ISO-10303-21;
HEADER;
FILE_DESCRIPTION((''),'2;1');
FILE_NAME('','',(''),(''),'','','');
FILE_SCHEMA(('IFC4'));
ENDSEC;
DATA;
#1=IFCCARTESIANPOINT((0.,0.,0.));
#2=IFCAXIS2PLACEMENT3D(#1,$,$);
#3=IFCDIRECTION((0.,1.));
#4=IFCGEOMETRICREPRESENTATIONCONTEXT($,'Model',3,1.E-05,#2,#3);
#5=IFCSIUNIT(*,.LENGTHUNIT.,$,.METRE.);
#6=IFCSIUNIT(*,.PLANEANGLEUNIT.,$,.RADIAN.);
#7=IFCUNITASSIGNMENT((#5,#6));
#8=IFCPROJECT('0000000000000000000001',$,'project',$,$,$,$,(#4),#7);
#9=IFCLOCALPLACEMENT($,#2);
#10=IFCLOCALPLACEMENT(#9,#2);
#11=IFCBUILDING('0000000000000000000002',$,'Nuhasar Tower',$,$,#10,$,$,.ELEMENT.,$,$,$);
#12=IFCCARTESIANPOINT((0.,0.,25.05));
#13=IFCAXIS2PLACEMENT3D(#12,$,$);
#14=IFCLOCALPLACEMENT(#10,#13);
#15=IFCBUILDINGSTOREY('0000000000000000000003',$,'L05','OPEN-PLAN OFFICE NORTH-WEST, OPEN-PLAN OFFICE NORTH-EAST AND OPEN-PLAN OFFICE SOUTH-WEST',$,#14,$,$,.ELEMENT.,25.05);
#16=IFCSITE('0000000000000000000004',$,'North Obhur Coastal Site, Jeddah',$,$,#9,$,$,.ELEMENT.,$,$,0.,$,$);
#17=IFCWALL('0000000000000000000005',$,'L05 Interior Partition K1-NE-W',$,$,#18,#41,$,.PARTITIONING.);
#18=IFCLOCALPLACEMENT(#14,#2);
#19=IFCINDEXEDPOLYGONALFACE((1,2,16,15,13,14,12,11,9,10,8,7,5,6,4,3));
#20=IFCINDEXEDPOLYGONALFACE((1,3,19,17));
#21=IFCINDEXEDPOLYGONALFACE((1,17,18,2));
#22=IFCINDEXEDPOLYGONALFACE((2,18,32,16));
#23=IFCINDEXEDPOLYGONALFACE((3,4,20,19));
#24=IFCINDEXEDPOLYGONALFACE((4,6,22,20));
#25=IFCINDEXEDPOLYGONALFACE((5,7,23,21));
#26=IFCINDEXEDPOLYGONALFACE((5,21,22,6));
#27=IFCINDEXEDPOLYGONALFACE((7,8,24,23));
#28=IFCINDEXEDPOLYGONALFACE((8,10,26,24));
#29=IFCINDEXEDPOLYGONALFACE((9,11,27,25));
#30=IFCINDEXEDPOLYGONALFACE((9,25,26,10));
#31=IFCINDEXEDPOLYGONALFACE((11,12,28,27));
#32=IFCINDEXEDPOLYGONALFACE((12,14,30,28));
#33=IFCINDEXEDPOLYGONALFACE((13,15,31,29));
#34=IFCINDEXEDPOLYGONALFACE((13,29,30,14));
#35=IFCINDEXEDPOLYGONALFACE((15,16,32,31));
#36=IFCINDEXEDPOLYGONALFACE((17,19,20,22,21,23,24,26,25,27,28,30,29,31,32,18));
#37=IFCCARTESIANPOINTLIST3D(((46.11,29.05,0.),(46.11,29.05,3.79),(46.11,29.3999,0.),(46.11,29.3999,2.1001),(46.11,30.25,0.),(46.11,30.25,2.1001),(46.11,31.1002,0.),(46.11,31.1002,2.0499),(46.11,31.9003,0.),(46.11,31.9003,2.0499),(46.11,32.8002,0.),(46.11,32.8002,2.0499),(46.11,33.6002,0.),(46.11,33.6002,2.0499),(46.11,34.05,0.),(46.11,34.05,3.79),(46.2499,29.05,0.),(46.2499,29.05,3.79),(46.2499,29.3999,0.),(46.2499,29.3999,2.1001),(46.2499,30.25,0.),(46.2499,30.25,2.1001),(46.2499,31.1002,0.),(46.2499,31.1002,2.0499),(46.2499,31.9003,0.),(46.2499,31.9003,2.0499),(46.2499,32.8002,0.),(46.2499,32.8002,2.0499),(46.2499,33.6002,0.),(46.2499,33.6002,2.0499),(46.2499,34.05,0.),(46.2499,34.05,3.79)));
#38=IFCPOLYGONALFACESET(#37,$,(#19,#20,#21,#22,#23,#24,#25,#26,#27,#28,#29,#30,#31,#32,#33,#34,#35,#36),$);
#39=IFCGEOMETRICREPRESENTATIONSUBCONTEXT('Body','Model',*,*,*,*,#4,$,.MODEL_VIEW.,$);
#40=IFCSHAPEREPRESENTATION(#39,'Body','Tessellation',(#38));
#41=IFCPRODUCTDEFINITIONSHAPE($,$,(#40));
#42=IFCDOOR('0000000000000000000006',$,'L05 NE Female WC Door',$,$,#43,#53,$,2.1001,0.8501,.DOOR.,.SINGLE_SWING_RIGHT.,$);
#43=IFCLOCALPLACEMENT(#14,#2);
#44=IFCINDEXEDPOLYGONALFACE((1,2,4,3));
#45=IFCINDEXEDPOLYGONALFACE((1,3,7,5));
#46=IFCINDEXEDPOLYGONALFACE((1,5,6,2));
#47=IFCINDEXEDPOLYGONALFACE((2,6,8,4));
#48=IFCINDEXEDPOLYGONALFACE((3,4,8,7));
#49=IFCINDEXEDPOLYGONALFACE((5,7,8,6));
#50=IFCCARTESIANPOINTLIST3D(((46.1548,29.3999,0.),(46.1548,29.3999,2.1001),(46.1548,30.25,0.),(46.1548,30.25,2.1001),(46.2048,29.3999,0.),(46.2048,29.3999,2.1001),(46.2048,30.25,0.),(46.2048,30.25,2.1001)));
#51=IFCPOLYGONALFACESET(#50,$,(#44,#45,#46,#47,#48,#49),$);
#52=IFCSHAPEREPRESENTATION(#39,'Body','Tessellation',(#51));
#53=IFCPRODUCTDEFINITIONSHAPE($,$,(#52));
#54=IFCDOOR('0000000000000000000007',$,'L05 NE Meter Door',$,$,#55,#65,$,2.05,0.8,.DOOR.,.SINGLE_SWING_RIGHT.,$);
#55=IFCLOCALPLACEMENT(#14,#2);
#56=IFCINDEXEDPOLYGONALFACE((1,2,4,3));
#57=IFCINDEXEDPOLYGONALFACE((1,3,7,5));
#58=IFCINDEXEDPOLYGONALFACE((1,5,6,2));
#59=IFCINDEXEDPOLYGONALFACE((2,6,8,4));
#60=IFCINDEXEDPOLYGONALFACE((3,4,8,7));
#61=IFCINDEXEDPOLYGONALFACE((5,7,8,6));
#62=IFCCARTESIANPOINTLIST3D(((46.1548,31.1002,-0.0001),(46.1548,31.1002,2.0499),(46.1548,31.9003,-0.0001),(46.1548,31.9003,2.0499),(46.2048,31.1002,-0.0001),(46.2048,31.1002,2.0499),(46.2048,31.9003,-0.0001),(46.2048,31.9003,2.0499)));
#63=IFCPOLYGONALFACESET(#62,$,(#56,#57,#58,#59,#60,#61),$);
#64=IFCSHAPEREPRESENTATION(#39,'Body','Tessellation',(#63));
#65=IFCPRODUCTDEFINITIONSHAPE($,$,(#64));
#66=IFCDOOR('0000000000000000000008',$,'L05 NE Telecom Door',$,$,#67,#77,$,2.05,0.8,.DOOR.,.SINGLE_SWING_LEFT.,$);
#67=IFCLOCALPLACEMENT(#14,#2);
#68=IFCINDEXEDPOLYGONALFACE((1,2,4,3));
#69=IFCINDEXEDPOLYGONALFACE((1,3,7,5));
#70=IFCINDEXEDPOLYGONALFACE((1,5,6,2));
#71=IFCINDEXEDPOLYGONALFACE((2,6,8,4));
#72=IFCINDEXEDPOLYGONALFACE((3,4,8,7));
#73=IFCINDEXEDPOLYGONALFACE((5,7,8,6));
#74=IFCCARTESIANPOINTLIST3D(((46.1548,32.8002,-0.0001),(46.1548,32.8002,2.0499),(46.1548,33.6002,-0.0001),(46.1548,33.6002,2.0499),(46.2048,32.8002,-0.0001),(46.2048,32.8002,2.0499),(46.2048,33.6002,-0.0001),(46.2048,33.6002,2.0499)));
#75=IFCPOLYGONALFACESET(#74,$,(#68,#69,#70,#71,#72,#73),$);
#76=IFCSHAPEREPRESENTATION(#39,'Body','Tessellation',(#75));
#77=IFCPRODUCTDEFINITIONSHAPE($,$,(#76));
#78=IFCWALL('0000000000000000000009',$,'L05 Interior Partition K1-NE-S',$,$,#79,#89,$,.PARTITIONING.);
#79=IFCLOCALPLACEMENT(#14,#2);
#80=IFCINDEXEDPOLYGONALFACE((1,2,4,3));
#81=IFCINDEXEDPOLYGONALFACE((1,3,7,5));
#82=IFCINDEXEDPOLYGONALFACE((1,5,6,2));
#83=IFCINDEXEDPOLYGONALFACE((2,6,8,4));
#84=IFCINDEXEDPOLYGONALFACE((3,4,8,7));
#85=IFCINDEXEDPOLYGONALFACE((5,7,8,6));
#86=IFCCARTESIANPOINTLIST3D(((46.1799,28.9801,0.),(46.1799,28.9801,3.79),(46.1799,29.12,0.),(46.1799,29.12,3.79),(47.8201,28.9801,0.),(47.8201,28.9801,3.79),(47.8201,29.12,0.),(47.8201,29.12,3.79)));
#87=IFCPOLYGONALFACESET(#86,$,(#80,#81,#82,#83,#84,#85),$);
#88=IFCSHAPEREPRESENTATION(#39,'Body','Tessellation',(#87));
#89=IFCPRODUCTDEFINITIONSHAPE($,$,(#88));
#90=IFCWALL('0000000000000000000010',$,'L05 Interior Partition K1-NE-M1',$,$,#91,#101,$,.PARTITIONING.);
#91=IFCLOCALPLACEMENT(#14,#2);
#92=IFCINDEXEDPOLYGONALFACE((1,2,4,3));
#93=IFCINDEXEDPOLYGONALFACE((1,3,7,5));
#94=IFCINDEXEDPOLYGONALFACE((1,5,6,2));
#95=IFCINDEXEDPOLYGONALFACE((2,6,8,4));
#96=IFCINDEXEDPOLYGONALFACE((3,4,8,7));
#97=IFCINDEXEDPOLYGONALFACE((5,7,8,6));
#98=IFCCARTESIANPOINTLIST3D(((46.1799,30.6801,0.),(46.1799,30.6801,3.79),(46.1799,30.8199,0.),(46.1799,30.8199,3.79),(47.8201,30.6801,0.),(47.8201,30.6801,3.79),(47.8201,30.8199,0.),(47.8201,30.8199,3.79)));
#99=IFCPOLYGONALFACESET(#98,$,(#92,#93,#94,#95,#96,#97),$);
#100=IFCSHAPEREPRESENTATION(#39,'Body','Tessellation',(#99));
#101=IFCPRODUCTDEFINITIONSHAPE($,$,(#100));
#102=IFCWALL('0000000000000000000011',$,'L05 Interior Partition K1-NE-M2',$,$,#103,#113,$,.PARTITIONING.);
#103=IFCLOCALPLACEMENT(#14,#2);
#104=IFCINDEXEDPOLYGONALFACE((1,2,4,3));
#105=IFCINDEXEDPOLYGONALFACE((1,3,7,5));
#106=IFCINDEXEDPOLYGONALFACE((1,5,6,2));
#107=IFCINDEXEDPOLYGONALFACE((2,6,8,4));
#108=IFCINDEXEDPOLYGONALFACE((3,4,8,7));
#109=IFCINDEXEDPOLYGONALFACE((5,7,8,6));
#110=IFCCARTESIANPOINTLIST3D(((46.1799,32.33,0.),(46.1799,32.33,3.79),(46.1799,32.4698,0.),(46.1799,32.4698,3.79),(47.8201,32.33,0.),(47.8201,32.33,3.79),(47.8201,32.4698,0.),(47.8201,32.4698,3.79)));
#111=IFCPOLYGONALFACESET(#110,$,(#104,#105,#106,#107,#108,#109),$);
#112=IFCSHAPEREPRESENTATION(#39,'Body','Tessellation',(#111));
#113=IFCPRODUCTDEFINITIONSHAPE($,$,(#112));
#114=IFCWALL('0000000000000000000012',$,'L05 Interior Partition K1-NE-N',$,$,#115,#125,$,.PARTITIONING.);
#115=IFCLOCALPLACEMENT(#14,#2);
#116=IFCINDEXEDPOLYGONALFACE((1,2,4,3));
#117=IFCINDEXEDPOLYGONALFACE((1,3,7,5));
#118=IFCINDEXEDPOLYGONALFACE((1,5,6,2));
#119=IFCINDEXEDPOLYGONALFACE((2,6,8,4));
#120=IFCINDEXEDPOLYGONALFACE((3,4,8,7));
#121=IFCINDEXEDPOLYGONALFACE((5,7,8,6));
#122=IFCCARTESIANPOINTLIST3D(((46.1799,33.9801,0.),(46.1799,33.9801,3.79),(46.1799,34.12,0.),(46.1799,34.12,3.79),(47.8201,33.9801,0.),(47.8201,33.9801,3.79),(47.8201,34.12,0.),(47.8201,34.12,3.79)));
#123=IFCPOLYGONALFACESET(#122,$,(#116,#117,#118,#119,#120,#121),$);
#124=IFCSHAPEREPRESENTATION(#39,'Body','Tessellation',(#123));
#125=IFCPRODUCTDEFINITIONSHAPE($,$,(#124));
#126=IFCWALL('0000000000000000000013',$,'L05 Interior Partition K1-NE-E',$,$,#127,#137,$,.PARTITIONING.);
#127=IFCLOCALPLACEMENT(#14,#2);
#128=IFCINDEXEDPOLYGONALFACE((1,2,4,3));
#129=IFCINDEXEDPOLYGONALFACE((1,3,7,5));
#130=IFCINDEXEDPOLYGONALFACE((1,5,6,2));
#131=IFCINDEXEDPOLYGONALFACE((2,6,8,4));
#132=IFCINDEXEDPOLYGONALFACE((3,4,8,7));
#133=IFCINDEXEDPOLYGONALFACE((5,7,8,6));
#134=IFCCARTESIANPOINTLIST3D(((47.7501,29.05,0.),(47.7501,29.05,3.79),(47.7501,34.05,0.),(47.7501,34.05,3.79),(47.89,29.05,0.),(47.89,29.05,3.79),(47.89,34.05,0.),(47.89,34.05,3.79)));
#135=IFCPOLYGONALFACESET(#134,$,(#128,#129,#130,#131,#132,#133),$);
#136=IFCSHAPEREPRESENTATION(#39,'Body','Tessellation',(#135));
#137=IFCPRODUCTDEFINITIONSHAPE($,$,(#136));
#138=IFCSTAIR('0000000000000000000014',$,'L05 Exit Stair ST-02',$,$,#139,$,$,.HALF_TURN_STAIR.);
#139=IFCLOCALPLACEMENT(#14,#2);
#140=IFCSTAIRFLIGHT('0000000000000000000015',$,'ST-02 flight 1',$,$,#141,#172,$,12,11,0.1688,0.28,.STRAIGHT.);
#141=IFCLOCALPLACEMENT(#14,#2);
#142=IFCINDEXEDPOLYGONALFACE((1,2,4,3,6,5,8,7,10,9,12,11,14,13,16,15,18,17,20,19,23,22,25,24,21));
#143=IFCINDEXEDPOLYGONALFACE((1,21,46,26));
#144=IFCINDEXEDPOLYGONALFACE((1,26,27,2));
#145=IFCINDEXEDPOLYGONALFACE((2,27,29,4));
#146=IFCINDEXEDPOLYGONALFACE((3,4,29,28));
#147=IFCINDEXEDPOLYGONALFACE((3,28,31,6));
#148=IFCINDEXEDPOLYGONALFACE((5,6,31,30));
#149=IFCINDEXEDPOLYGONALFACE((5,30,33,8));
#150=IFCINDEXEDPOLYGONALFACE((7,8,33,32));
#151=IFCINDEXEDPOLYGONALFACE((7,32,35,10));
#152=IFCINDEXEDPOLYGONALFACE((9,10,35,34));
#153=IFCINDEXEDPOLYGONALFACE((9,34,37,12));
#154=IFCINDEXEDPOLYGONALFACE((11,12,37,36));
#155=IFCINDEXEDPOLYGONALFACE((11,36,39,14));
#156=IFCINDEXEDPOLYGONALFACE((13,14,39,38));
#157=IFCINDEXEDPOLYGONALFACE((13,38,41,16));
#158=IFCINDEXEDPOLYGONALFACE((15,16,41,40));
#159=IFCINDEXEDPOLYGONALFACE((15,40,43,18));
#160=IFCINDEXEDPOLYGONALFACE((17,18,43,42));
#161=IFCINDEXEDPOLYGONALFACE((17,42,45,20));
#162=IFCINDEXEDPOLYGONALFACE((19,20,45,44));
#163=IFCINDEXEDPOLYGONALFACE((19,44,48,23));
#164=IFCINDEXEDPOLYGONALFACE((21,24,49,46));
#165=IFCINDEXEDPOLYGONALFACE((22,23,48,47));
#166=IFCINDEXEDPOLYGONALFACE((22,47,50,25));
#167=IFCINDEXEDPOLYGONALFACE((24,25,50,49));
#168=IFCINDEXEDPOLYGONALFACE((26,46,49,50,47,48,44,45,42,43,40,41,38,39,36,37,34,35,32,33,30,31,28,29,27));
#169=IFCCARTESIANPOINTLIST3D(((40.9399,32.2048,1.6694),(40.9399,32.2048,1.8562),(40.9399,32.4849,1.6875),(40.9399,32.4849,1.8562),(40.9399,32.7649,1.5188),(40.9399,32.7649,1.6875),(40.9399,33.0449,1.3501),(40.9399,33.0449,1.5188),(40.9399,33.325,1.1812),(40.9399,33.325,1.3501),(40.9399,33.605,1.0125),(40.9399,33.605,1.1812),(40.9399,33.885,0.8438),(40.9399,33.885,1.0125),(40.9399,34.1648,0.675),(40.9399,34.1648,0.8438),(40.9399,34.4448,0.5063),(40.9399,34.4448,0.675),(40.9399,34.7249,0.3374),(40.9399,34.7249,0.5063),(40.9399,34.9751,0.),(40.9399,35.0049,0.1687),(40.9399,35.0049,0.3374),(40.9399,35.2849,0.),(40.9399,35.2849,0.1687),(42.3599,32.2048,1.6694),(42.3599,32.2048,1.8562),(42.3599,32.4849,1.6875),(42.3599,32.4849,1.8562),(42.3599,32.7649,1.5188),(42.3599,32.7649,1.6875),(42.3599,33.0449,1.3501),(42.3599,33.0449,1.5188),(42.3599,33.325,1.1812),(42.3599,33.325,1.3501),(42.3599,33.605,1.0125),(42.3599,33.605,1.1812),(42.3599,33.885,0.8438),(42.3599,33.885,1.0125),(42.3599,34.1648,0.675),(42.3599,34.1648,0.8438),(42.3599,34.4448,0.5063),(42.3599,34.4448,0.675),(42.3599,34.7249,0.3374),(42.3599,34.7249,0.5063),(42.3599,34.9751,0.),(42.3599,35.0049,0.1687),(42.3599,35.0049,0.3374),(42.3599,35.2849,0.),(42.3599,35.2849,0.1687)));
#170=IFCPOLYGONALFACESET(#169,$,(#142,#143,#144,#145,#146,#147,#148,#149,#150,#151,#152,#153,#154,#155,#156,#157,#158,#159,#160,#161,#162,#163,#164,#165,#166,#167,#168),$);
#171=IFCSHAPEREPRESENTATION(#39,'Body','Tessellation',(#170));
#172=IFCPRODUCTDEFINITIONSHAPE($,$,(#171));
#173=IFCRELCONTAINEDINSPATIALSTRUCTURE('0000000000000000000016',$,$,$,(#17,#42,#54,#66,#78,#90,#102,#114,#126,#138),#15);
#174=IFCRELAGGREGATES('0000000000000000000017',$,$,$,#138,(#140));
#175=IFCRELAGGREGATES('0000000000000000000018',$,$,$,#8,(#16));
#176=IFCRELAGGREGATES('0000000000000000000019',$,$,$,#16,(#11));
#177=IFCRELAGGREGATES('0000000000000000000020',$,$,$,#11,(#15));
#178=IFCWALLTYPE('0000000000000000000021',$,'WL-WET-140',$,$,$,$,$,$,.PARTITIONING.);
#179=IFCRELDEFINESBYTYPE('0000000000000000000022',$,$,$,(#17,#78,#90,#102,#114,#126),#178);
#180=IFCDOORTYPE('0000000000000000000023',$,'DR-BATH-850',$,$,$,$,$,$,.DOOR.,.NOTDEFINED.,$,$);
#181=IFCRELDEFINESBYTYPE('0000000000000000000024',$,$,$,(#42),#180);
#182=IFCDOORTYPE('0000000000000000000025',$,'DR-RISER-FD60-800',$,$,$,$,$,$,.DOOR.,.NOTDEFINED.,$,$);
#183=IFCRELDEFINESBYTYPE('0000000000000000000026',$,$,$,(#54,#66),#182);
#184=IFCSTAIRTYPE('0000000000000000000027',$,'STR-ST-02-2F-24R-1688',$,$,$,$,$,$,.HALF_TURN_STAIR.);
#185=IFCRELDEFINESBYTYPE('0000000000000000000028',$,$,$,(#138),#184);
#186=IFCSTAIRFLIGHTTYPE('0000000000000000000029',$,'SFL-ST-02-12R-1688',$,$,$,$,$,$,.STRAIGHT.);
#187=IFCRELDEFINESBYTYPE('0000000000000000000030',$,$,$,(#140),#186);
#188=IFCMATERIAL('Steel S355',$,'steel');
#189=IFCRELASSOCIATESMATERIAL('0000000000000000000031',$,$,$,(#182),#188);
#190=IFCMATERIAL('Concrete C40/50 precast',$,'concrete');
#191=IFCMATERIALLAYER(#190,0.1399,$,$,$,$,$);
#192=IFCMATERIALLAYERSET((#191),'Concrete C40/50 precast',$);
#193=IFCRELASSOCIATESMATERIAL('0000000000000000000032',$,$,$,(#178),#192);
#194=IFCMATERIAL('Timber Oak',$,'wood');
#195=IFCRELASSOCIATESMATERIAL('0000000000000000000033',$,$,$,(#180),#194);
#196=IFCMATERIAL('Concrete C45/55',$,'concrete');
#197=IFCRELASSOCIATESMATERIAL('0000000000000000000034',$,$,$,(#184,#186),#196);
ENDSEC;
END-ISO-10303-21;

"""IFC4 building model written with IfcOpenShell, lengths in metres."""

from ifc_helpers import new_model, si_unit, direction, frame, frame_2d, origin, place, context, subcontext, project, spatial, polyline, rectangle, outline, extrude, material, layer, layer_set, type_object, element, fill, aggregate, save


model = new_model("IFC4")

# Units and contexts
model_context = context("Model", 3, precision=1e-05, world=origin(), true_north=direction((0.0, 1.0)))
body_context = subcontext(model_context, "Body", "Model", "MODEL_VIEW")
ifc_project = project(units=[si_unit("LENGTHUNIT", "METRE"), si_unit("PLANEANGLEUNIT", "RADIAN")], contexts=[model_context])

# Site, building, storey
site_placement = place(None, origin())
site = spatial("IfcSite", under=ifc_project, at=site_placement, Name="North Obhur Coastal Site, Jeddah", CompositionType="ELEMENT", RefElevation=0.0)
building_placement = place(site_placement, origin())
building = spatial("IfcBuilding", under=site, at=building_placement, Name="Nuhasar Tower", CompositionType="ELEMENT")
storey_placement = place(building_placement, frame((0.0, 0.0, 25.05)))
storey = spatial("IfcBuildingStorey", under=building, at=storey_placement, Name="L05", Description="OPEN-PLAN OFFICE NORTH-WEST, OPEN-PLAN OFFICE NORTH-EAST AND OPEN-PLAN OFFICE SOUTH-WEST", CompositionType="ELEMENT", Elevation=25.05)

# Shared definitions
ifc_material_1 = material(Name="Steel S355", Category="steel")

# Shared definitions
ifc_material_2 = material(Name="Concrete C45/55", Category="concrete")

# Shared definitions
door_type_1 = type_object("IfcDoorType", Name="DR-RISER-FD60-800", OperationType="NOTDEFINED", PredefinedType="DOOR", material=ifc_material_1)

# Shared definitions
ifc_material_3 = material(Name="Concrete C40/50 precast", Category="concrete")
ifc_layer_1 = layer(ifc_material_3, 0.1399)
ifc_layer_set_1 = layer_set([ifc_layer_1], Name="Concrete C40/50 precast")
wall_type_1 = type_object("IfcWallType", Name="WL-WET-140", PredefinedType="PARTITIONING", material=ifc_layer_set_1)

# Wall, openings, doors
wall_1_placement = place(storey_placement, frame((46.1799, 34.05, 0.0), z_axis=(0.0, 0.0, 1.0), x_axis=(0.0, -1.0, 0.0)))
wall_1 = element("IfcWall", 1, at=wall_1_placement, inside=storey, type_object=wall_type_1, Name="L05 Interior Partition K1-NE-W", PredefinedType="PARTITIONING", context=body_context, shape_type="SweptSolid", body=[
    extrude(rectangle(XDim=5.0, YDim=0.1399, at=frame_2d((2.5, 0.0))), origin(), (0.0, 0.0, 1.0), 3.79),
])
opening_1_placement = place(wall_1_placement, frame((3.8, 0.0, 0.0)))
opening_1 = element("IfcOpeningElement", 2, at=opening_1_placement, cuts=wall_1, PredefinedType="OPENING", context=body_context, shape_type="SweptSolid", body=[
    extrude(rectangle(XDim=0.8501, YDim=2.1001, at=frame_2d((0.425, 1.05))), frame((0.0, 0.0801, 0.0), z_axis=(0.0, -1.0, 0.0), x_axis=(1.0, 0.0, 0.0)), (0.0, 0.0, 1.0), 0.1599),
])
opening_2_placement = place(wall_1_placement, frame((2.1499, 0.0, 0.0)))
opening_2 = element("IfcOpeningElement", 3, at=opening_2_placement, cuts=wall_1, PredefinedType="OPENING", context=body_context, shape_type="SweptSolid", body=[
    extrude(rectangle(XDim=0.8, YDim=2.05, at=frame_2d((0.3999, 1.0249))), frame((0.0, 0.0801, 0.0), z_axis=(0.0, -1.0, 0.0), x_axis=(1.0, 0.0, 0.0)), (0.0, 0.0, 1.0), 0.1599),
])
opening_3_placement = place(wall_1_placement, frame((0.45, 0.0, 0.0)))
opening_3 = element("IfcOpeningElement", 4, at=opening_3_placement, cuts=wall_1, PredefinedType="OPENING", context=body_context, shape_type="SweptSolid", body=[
    extrude(rectangle(XDim=0.8, YDim=2.05, at=frame_2d((0.3999, 1.0249))), frame((0.0, 0.0801, 0.0), z_axis=(0.0, -1.0, 0.0), x_axis=(1.0, 0.0, 0.0)), (0.0, 0.0, 1.0), 0.1599),
])
ifc_material_4 = material(Name="Timber Oak", Category="wood")
door_type_2 = type_object("IfcDoorType", Name="DR-BATH-850", OperationType="NOTDEFINED", PredefinedType="DOOR", material=ifc_material_4)
door_1_placement = place(opening_1_placement, origin())
door_1 = element("IfcDoor", 5, at=door_1_placement, inside=storey, type_object=door_type_2, Name="L05 NE Female WC Door", OperationType="SINGLE_SWING_RIGHT", OverallHeight=2.1001, OverallWidth=0.8501, PredefinedType="DOOR", context=body_context, shape_type="SweptSolid", body=[
    extrude(rectangle(XDim=0.8501, YDim=2.1001, at=frame_2d((0.425, 1.05))), frame((0.0, 0.0249, 0.0), z_axis=(0.0, -1.0, 0.0), x_axis=(1.0, 0.0, 0.0)), (0.0, 0.0, 1.0), 0.05),
])
fill(opening_1, door_1)
door_2_placement = place(opening_2_placement, origin())
door_2 = element("IfcDoor", 6, at=door_2_placement, inside=storey, type_object=door_type_1, Name="L05 NE Meter Door", OperationType="SINGLE_SWING_RIGHT", OverallHeight=2.05, OverallWidth=0.8, PredefinedType="DOOR", context=body_context, shape_type="SweptSolid", body=[
    extrude(rectangle(XDim=0.8, YDim=2.05, at=frame_2d((0.3999, 1.0249))), frame((0.0, 0.0249, 0.0), z_axis=(0.0, -1.0, 0.0), x_axis=(1.0, 0.0, 0.0)), (0.0, 0.0, 1.0), 0.05),
])
fill(opening_2, door_2)
door_3_placement = place(opening_3_placement, origin())
door_3 = element("IfcDoor", 7, at=door_3_placement, inside=storey, type_object=door_type_1, Name="L05 NE Telecom Door", OperationType="SINGLE_SWING_LEFT", OverallHeight=2.05, OverallWidth=0.8, PredefinedType="DOOR", context=body_context, shape_type="SweptSolid", body=[
    extrude(rectangle(XDim=0.8, YDim=2.05, at=frame_2d((0.3999, 1.0249))), frame((0.0, 0.0249, 0.0), z_axis=(0.0, -1.0, 0.0), x_axis=(1.0, 0.0, 0.0)), (0.0, 0.0, 1.0), 0.05),
])
fill(opening_3, door_3)

# Walls
for number, where, z_axis, x_axis, name in (
    (8, (46.1799, 29.05, 0.0), (0.0, 0.0, 1.0), (1.0, 0.0, 0.0), "L05 Interior Partition K1-NE-S"),
    (9, (46.1799, 30.75, 0.0), (0.0, 0.0, 1.0), (1.0, 0.0, 0.0), "L05 Interior Partition K1-NE-M1"),
    (10, (46.1799, 32.3999, 0.0), (0.0, 0.0, 1.0), (1.0, 0.0, 0.0), "L05 Interior Partition K1-NE-M2"),
    (11, (46.1799, 34.05, 0.0), (0.0, 0.0, 1.0), (1.0, 0.0, 0.0), "L05 Interior Partition K1-NE-N"),
):
    element("IfcWall", number, at=place(storey_placement, frame(where, z_axis=z_axis, x_axis=x_axis)), inside=storey, type_object=wall_type_1, Name=name, PredefinedType="PARTITIONING", context=body_context, shape_type="SweptSolid", body=[
        extrude(rectangle(XDim=1.6401, YDim=0.1399, at=frame_2d((0.8201, 0.0))), origin(), (0.0, 0.0, 1.0), 3.79),
    ])
wall_2_placement = place(storey_placement, frame((47.8201, 29.05, 0.0), z_axis=(0.0, 0.0, 1.0), x_axis=(0.0, 1.0, 0.0)))
element("IfcWall", 12, at=wall_2_placement, inside=storey, type_object=wall_type_1, Name="L05 Interior Partition K1-NE-E", PredefinedType="PARTITIONING", context=body_context, shape_type="SweptSolid", body=[
    extrude(rectangle(XDim=5.0, YDim=0.1399, at=frame_2d((2.5, 0.0))), origin(), (0.0, 0.0, 1.0), 3.79),
])

# Stair, stair flight
stair_type_1 = type_object("IfcStairType", Name="STR-ST-02-2F-24R-1688", PredefinedType="HALF_TURN_STAIR", material=ifc_material_2)
stair_1_placement = place(storey_placement, origin())
stair_1 = element("IfcStair", 13, at=stair_1_placement, inside=storey, type_object=stair_type_1, Name="L05 Exit Stair ST-02", PredefinedType="HALF_TURN_STAIR")
stair_flight_type_1 = type_object("IfcStairFlightType", Name="SFL-ST-02-12R-1688", PredefinedType="STRAIGHT", material=ifc_material_2)
stair_flight_1_placement = place(storey_placement, frame((41.6499, 35.2849, 0.0), z_axis=(0.0, 0.0, 1.0), x_axis=(0.0, -1.0, 0.0)))
stair_flight_1 = element("IfcStairFlight", 14, at=stair_flight_1_placement, type_object=stair_flight_type_1, Name="ST-02 flight 1", NumberOfRisers=12, NumberOfTreads=11, PredefinedType="STRAIGHT", RiserHeight=0.1688, TreadLength=0.28, context=body_context, shape_type="SweptSolid", body=[
    extrude(outline(polyline([(0.0, 0.0), (0.0, 0.1687), (0.28, 0.1687), (0.28, 0.3374), (0.5601, 0.3374), (0.5601, 0.5063), (0.8401, 0.5063), (0.8401, 0.675), (1.1201, 0.675), (1.1201, 0.8438), (1.3999, 0.8438), (1.3999, 1.0125), (1.6799, 1.0125), (1.6799, 1.1812), (1.96, 1.1812), (1.96, 1.3501), (2.24, 1.3501), (2.24, 1.5188), (2.52, 1.5188), (2.52, 1.6875), (2.8, 1.6875), (2.8, 1.8562), (3.0801, 1.8562), (3.0801, 2.0249), (3.0801, 1.6694), (0.3098, 0.0), (0.0, 0.0)])), frame((0.0, 0.71, 0.0), z_axis=(0.0, -1.0, 0.0), x_axis=(1.0, 0.0, 0.0)), (0.0, 0.0, 1.0), 1.4199),
])
aggregate(stair_1, [stair_flight_1])

save(model, "model.ifc")
